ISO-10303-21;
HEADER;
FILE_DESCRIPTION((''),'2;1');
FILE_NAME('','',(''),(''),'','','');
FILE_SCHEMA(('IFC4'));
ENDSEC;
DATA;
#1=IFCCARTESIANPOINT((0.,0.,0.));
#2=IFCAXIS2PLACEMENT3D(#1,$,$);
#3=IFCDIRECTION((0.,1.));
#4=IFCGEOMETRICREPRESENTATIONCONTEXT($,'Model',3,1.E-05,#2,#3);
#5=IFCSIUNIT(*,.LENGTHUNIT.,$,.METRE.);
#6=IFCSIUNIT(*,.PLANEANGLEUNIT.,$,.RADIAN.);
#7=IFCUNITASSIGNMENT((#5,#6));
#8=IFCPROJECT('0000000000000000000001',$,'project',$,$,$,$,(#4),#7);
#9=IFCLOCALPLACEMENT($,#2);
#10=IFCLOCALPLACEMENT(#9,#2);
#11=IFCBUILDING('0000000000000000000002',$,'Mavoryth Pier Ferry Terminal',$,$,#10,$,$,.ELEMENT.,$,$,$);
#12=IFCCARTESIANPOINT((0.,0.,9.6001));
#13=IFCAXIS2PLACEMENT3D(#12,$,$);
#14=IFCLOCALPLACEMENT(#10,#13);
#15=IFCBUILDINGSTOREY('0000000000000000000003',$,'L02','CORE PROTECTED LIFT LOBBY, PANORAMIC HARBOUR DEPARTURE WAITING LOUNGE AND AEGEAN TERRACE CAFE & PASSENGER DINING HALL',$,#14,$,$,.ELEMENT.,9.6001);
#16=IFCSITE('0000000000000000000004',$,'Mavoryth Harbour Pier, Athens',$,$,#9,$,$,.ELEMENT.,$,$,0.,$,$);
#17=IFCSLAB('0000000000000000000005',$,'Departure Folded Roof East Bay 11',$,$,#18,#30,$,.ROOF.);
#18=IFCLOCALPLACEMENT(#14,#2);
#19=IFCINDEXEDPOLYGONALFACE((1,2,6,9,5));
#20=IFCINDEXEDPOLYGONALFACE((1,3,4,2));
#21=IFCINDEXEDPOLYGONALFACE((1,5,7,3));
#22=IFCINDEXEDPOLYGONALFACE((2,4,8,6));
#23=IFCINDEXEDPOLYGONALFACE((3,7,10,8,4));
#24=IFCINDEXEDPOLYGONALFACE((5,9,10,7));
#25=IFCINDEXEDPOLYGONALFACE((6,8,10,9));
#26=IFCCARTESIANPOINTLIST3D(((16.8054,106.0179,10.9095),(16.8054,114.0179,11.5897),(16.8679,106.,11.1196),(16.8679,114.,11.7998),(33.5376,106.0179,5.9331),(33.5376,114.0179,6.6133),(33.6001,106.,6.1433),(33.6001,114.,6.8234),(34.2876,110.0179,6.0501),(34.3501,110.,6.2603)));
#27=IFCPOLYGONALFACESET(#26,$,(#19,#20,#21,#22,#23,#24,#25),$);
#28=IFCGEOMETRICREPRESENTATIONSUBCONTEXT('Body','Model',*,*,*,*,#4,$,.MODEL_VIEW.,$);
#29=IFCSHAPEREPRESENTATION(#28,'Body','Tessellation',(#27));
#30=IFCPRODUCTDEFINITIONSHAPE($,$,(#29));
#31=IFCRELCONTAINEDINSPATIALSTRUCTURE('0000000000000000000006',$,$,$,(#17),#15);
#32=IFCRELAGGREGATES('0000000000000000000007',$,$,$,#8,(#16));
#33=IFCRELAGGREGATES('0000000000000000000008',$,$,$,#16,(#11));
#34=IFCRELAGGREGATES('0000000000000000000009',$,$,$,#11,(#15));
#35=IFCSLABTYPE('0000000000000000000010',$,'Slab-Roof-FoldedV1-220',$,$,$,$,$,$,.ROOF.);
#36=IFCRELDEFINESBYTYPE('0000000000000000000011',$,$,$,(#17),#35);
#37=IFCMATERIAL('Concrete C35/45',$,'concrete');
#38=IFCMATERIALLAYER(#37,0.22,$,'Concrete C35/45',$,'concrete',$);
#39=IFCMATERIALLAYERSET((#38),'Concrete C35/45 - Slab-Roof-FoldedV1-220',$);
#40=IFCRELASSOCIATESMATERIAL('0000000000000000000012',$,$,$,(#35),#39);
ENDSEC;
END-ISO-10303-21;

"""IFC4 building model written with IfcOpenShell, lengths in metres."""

from ifc_helpers import new_model, si_unit, direction, frame, origin, place, context, subcontext, project, spatial, polyline, outline, extrude, material, layer, layer_set, type_object, element, save


model = new_model("IFC4")

# Units and contexts
model_context = context("Model", 3, precision=1e-05, world=origin(), true_north=direction((0.0, 1.0)))
body_context = subcontext(model_context, "Body", "Model", "MODEL_VIEW")
ifc_project = project(units=[si_unit("LENGTHUNIT", "METRE"), si_unit("PLANEANGLEUNIT", "RADIAN")], contexts=[model_context])

# Site, building, storey
site_placement = place(None, origin())
site = spatial("IfcSite", under=ifc_project, at=site_placement, Name="Mavoryth Harbour Pier, Athens", CompositionType="ELEMENT", RefElevation=0.0)
building_placement = place(site_placement, origin())
building = spatial("IfcBuilding", under=site, at=building_placement, Name="Mavoryth Pier Ferry Terminal", CompositionType="ELEMENT")
storey_placement = place(building_placement, frame((0.0, 0.0, 9.6001)))
storey = spatial("IfcBuildingStorey", under=building, at=storey_placement, Name="L02", Description="CORE PROTECTED LIFT LOBBY, PANORAMIC HARBOUR DEPARTURE WAITING LOUNGE AND AEGEAN TERRACE CAFE & PASSENGER DINING HALL", CompositionType="ELEMENT", Elevation=9.6001)

# Slab
ifc_material_1 = material(Name="Concrete C35/45", Category="concrete")
ifc_layer_1 = layer(ifc_material_1, 0.22, Name="Concrete C35/45", Category="concrete")
ifc_layer_set_1 = layer_set([ifc_layer_1], Name="Concrete C35/45 - Slab-Roof-FoldedV1-220")
slab_type = type_object("IfcSlabType", Name="Slab-Roof-FoldedV1-220", PredefinedType="ROOF", material=ifc_layer_set_1)
slab_placement = place(storey_placement, frame((16.8679, 106.0, 11.1196), z_axis=(0.28413, -0.081225, 0.955339), x_axis=(0.958506, 0.0, -0.285072)))
element("IfcSlab", 1, at=slab_placement, inside=storey, type_object=slab_type, Name="Departure Folded Roof East Bay 11", PredefinedType="ROOF", context=body_context, shape_type="SweptSolid", body=[
    extrude(outline(polyline([(0.0, 0.0), (17.4565, 0.0), (18.142, 4.0133), (17.2626, 8.0265), (-0.1939, 8.0265), (0.0, 0.0)])), origin(), (0.0, 0.0, -1.0), 0.22),
])

save(model, "model.ifc")
